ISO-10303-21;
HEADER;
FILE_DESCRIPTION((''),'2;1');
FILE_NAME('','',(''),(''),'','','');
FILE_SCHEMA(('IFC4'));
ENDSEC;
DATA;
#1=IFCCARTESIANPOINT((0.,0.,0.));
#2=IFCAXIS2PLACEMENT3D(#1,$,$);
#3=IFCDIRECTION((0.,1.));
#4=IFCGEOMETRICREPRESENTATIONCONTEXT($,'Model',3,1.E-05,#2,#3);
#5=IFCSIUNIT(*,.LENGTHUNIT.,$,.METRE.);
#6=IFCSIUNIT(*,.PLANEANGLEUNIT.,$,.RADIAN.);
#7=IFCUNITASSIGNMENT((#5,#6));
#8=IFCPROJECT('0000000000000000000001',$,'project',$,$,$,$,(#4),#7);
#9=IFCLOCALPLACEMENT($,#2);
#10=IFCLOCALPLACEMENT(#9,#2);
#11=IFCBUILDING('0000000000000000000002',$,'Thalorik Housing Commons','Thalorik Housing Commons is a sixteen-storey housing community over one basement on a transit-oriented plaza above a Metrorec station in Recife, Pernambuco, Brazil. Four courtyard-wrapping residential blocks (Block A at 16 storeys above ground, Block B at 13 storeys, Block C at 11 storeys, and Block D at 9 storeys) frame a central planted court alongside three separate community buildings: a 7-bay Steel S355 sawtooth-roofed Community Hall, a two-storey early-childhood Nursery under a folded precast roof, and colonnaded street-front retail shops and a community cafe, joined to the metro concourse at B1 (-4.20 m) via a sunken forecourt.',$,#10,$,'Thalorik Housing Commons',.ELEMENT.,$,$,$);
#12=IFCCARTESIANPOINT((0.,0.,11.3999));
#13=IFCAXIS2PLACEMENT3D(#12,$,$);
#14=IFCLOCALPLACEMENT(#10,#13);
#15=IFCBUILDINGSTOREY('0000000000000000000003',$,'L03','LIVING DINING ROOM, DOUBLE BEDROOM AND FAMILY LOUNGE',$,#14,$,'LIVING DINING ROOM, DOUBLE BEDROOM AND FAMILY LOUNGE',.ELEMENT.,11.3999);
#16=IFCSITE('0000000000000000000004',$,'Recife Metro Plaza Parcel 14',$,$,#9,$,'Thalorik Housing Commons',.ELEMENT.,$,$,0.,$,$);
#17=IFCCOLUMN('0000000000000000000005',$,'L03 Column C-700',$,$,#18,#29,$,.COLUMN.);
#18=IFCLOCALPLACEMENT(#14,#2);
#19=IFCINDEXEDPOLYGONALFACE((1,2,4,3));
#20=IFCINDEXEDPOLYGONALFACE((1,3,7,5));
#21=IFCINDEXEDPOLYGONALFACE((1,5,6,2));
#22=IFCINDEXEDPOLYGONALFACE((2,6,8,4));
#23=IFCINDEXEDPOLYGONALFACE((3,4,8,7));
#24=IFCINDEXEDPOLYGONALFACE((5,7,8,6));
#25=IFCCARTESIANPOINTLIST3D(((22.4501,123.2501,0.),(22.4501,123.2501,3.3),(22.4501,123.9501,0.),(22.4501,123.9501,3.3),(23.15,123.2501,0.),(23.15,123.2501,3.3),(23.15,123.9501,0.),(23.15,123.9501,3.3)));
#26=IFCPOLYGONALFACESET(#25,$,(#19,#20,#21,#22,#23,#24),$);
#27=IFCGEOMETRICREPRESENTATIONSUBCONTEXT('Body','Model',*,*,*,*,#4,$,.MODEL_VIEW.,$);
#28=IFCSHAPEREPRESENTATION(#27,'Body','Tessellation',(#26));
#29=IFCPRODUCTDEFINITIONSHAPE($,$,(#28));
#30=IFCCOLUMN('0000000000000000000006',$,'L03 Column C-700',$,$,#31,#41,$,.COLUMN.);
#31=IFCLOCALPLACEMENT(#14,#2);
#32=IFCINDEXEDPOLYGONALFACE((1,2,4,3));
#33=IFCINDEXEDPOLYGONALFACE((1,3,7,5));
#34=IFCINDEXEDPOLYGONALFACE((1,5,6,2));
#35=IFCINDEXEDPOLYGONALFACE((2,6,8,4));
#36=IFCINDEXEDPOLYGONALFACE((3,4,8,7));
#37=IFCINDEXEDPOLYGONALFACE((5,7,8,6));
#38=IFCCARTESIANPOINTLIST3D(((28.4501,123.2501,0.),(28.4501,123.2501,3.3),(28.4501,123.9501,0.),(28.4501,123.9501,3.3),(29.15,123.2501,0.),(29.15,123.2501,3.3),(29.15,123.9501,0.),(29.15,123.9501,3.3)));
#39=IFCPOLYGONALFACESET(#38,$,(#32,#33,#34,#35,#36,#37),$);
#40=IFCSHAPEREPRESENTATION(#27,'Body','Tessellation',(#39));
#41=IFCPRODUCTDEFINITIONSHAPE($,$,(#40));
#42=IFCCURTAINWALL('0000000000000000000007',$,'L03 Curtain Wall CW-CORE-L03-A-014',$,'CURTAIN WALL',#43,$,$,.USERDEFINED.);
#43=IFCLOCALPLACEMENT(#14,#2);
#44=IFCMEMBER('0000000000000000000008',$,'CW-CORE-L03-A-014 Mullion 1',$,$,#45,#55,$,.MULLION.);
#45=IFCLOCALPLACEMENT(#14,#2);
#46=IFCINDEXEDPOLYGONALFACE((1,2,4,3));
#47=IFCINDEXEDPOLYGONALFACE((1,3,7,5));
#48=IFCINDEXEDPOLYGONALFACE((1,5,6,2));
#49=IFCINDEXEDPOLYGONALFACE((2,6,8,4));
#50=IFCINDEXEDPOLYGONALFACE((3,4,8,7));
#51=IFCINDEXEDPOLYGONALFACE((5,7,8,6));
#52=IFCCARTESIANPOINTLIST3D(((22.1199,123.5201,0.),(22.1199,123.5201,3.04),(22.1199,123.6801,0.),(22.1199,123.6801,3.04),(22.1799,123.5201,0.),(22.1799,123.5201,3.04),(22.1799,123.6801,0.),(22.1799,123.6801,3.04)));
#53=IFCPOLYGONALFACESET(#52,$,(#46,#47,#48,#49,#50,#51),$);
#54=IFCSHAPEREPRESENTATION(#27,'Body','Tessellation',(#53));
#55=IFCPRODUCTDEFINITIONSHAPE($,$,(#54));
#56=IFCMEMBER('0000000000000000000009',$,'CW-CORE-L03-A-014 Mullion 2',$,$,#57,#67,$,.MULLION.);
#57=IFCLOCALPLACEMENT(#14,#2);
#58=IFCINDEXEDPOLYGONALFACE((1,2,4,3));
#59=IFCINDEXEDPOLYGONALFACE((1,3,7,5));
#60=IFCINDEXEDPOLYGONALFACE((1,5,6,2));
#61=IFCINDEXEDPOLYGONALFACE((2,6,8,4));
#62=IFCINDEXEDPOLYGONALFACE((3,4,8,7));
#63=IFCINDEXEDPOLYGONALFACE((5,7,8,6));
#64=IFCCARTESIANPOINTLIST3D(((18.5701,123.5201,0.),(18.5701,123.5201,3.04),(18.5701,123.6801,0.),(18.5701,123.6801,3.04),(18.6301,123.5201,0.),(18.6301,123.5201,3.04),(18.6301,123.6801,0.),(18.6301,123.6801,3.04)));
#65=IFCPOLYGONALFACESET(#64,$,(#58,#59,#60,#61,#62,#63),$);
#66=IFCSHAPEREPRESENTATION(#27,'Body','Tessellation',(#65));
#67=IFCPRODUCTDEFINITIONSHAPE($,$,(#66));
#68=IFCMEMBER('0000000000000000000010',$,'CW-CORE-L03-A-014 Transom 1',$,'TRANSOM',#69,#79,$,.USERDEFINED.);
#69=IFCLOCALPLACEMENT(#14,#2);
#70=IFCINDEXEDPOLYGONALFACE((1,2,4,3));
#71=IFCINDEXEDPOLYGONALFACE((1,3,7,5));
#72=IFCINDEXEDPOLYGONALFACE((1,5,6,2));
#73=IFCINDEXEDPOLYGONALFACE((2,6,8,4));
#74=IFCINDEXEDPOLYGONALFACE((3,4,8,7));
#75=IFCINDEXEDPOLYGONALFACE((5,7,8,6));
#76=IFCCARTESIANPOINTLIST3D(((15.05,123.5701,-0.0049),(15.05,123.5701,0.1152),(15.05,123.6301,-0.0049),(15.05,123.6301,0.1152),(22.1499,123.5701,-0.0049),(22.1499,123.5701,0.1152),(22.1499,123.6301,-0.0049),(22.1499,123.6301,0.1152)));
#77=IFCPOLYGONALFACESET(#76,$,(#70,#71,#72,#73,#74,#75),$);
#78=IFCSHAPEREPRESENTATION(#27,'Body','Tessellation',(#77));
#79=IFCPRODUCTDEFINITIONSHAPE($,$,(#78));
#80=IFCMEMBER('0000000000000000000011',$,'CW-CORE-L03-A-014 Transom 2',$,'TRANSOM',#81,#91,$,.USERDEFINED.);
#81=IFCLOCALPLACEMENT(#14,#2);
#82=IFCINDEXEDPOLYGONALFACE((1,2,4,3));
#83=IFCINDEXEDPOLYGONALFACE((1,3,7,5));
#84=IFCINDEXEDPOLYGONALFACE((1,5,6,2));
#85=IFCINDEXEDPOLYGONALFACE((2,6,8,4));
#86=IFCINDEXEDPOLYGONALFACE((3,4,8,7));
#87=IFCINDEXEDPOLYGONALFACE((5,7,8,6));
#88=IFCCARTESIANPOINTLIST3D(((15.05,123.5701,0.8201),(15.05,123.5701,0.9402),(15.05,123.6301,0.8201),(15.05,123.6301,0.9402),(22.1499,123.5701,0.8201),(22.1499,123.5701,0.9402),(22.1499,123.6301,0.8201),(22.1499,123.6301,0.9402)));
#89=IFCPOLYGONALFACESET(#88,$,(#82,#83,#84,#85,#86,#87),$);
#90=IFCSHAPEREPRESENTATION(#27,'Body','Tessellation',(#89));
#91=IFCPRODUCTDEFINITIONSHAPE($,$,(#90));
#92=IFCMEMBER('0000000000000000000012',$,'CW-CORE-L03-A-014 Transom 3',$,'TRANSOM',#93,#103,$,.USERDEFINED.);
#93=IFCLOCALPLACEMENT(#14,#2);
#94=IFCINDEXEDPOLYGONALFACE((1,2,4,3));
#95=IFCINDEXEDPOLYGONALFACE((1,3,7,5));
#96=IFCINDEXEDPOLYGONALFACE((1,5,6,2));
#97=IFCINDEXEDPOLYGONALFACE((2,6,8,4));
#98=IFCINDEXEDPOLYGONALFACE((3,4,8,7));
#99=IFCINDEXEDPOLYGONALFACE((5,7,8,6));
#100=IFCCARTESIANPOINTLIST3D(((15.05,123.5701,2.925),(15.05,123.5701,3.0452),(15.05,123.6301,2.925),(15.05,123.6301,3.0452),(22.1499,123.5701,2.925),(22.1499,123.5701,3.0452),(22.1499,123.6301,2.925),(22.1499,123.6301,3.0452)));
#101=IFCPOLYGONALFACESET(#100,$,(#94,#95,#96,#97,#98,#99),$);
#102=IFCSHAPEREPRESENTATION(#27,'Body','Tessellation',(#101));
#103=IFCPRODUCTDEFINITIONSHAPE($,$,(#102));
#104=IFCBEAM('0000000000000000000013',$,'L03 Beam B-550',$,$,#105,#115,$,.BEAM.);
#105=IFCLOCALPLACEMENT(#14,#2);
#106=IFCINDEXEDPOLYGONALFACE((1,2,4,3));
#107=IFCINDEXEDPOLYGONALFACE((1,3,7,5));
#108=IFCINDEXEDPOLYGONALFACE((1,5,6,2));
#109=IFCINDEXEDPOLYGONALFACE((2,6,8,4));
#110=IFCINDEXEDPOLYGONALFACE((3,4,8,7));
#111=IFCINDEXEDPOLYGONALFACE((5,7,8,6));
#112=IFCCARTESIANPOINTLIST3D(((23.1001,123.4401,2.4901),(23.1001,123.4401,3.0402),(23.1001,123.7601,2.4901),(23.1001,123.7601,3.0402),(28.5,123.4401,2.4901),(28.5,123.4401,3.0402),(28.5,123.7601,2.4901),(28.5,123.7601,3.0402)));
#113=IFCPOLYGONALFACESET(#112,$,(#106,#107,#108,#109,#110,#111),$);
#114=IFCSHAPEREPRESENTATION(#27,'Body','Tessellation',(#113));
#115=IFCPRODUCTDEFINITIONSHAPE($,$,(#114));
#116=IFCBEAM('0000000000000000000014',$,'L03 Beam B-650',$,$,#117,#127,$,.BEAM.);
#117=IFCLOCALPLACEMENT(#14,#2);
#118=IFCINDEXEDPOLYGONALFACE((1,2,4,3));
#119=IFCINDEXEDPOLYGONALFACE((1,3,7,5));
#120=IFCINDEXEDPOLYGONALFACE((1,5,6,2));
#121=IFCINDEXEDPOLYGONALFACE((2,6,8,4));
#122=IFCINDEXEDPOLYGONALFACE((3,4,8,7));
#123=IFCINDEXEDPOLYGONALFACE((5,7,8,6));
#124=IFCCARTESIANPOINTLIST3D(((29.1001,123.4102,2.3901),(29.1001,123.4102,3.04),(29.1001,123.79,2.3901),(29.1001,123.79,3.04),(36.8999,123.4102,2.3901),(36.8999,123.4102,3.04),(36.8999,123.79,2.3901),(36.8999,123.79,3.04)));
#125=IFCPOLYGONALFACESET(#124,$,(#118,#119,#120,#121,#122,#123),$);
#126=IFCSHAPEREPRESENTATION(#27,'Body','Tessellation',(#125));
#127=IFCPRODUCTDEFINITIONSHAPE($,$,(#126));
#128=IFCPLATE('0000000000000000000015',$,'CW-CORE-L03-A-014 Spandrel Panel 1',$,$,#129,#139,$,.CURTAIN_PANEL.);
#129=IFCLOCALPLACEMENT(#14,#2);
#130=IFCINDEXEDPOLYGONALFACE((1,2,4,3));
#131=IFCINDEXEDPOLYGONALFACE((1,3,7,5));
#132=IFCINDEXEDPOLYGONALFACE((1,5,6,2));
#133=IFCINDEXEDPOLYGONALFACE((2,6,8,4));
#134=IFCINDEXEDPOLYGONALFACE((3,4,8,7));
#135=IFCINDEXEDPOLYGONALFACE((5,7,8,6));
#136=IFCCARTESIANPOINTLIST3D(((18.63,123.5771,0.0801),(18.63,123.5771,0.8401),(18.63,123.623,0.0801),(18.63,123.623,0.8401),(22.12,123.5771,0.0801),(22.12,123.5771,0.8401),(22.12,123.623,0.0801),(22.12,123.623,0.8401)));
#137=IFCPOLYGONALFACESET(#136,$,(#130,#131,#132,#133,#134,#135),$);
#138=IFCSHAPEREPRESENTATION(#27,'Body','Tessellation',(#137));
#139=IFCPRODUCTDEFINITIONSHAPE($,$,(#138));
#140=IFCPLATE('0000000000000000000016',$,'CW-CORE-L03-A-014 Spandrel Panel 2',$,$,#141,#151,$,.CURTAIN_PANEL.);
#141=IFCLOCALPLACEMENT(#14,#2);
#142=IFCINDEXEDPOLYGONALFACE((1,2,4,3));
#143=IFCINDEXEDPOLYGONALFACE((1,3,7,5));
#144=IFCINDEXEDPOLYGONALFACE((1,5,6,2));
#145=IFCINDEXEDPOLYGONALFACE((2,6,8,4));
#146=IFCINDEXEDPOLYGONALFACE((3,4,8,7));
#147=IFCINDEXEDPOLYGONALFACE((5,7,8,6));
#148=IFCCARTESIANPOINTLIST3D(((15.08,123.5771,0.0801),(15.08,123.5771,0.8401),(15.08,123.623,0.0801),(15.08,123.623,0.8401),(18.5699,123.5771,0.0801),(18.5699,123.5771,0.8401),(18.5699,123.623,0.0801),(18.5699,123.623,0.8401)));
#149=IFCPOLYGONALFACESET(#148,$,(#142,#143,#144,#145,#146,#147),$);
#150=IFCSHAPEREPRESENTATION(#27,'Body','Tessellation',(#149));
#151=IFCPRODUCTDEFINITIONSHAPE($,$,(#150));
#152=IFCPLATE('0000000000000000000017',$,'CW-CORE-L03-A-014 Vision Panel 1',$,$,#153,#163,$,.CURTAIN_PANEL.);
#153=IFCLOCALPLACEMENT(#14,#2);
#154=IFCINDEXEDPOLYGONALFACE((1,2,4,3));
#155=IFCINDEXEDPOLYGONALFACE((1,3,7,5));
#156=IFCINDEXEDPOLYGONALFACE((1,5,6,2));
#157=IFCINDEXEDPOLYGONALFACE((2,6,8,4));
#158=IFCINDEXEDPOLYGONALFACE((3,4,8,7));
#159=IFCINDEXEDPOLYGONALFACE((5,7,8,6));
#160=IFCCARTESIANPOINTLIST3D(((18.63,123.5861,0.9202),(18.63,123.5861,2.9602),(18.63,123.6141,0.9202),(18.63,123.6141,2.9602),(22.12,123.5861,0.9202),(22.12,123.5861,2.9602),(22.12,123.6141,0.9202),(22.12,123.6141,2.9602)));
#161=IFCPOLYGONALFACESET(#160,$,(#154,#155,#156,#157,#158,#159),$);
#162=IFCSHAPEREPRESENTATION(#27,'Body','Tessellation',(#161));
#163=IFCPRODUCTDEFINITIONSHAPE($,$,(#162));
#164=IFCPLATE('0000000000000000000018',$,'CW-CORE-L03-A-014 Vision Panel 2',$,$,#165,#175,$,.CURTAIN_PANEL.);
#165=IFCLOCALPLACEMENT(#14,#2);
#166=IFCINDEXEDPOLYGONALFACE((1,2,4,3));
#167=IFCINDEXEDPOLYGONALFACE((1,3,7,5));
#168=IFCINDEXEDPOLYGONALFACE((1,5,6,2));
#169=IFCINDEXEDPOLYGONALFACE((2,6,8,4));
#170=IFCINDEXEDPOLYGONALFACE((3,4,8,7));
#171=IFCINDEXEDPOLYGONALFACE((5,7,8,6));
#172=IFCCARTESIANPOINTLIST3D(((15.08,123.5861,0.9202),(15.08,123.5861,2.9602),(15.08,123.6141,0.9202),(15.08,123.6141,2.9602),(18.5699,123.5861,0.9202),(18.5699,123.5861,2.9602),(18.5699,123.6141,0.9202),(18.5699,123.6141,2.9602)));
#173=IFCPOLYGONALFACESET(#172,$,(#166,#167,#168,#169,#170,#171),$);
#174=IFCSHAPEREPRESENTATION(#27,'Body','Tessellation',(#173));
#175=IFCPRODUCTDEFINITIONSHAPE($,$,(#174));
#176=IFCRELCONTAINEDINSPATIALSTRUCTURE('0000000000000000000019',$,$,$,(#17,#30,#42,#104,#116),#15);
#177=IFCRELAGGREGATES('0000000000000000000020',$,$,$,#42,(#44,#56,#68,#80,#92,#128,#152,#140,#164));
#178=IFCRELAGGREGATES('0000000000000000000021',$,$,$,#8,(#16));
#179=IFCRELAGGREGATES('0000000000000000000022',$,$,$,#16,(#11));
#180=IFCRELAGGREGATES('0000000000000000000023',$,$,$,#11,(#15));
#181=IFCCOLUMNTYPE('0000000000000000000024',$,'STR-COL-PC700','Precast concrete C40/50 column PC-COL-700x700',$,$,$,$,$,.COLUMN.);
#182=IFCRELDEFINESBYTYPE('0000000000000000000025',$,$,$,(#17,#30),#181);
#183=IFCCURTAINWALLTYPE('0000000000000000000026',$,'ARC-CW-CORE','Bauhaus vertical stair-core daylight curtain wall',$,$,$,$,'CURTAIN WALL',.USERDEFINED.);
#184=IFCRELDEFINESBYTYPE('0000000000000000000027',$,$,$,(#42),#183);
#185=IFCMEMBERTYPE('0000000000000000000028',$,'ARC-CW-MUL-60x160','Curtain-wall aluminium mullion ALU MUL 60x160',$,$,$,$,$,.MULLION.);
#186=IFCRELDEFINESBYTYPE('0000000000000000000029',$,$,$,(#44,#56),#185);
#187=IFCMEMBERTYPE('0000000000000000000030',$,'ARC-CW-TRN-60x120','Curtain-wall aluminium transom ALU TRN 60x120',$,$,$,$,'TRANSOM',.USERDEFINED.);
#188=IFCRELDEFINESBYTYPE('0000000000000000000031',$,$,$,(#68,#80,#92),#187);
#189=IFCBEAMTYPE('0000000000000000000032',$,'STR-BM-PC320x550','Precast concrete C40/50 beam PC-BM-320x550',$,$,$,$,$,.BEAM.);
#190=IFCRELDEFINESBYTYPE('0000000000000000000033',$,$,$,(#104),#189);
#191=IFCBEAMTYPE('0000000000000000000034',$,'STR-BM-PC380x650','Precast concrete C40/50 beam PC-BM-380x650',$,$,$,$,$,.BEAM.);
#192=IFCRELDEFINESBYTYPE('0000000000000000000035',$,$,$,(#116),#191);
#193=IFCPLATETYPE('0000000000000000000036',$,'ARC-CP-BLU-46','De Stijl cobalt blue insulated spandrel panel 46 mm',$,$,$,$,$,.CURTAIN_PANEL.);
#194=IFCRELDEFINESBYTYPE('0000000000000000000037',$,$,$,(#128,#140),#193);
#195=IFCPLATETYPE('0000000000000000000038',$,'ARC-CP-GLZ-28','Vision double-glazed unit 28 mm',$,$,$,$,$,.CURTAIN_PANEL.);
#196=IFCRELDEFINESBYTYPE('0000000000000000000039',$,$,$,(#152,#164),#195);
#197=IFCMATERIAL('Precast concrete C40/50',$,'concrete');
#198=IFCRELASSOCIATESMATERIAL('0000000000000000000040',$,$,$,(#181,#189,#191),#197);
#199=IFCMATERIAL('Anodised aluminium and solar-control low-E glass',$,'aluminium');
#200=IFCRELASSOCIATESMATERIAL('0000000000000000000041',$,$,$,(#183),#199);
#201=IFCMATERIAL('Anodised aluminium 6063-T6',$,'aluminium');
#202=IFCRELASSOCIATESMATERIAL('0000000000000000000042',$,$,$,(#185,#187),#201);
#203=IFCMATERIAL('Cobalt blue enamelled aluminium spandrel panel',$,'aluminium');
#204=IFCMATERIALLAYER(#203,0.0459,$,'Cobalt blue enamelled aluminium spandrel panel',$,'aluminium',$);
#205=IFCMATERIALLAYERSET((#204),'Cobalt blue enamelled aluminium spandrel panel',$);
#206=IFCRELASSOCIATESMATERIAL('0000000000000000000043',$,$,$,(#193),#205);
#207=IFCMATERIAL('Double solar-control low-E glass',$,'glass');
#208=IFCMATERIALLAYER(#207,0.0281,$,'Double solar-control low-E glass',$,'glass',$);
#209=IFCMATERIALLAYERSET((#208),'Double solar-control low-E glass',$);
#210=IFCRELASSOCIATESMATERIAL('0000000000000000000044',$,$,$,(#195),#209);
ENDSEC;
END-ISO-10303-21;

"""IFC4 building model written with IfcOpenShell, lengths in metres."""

from ifc_helpers import new_model, si_unit, direction, frame, origin, origin_2d, place, context, subcontext, project, spatial, rectangle, extrude, material, layer, layer_set, material_profile, profile_set, type_object, element, aggregate, save


model = new_model("IFC4")

# Units and contexts
model_context = context("Model", 3, precision=1e-05, world=origin(), true_north=direction((0.0, 1.0)))
body_context = subcontext(model_context, "Body", "Model", "MODEL_VIEW")
ifc_project = project(units=[si_unit("LENGTHUNIT", "METRE"), si_unit("PLANEANGLEUNIT", "RADIAN")], contexts=[model_context])

# Site, building, storey
site_placement = place(None, origin())
site = spatial("IfcSite", under=ifc_project, at=site_placement, Name="Recife Metro Plaza Parcel 14", LongName="Thalorik Housing Commons", CompositionType="ELEMENT", RefElevation=0.0)
building_placement = place(site_placement, origin())
building = spatial("IfcBuilding", under=site, at=building_placement, Name="Thalorik Housing Commons", Description="Thalorik Housing Commons is a sixteen-storey housing community over one basement on a transit-oriented plaza above a Metrorec station in Recife, Pernambuco, Brazil. Four courtyard-wrapping residential blocks (Block A at 16 storeys above ground, Block B at 13 storeys, Block C at 11 storeys, and Block D at 9 storeys) frame a central planted court alongside three separate community buildings: a 7-bay Steel S355 sawtooth-roofed Community Hall, a two-storey early-childhood Nursery under a folded precast roof, and colonnaded street-front retail shops and a community cafe, joined to the metro concourse at B1 (-4.20 m) via a sunken forecourt.", LongName="Thalorik Housing Commons", CompositionType="ELEMENT")
storey_placement = place(building_placement, frame((0.0, 0.0, 11.3999)))
storey = spatial("IfcBuildingStorey", under=building, at=storey_placement, Name="L03", Description="LIVING DINING ROOM, DOUBLE BEDROOM AND FAMILY LOUNGE", LongName="LIVING DINING ROOM, DOUBLE BEDROOM AND FAMILY LOUNGE", CompositionType="ELEMENT", Elevation=11.3999)

# Columns
ifc_material_1 = material(Name="Precast concrete C40/50", Category="concrete")
ifc_material_profile_1 = material_profile(ifc_material_1, rectangle(XDim=0.7, YDim=0.7, at=origin_2d()), Name="PC 700x700", Category="concrete")
ifc_profile_set_1 = profile_set([ifc_material_profile_1], Name="Precast concrete C40/50")
column_type = type_object("IfcColumnType", Name="STR-COL-PC700", Description="Precast concrete C40/50 column PC-COL-700x700", PredefinedType="COLUMN", material=ifc_profile_set_1)
for number, where, z_axis, x_axis, name in (
    (1, (22.8, 123.6001, 0.0), (0.0, 0.0, 1.0), (1.0, 0.0, 0.0), "L03 Column C-700"),
    (2, (28.8, 123.6001, 0.0), (0.0, 0.0, 1.0), (1.0, 0.0, 0.0), "L03 Column C-700"),
):
    element("IfcColumn", number, at=place(storey_placement, frame(where, z_axis=z_axis, x_axis=x_axis)), inside=storey, type_object=column_type, Name=name, PredefinedType="COLUMN", context=body_context, shape_type="SweptSolid", body=[
        extrude(rectangle(XDim=0.7, YDim=0.7, at=origin_2d()), origin(), (0.0, 0.0, 1.0), 3.3),
    ])

# Curtain wall, members
ifc_material_2 = material(Name="Anodised aluminium and solar-control low-E glass", Category="aluminium")
curtain_wall_type = type_object("IfcCurtainWallType", Name="ARC-CW-CORE", Description="Bauhaus vertical stair-core daylight curtain wall", ElementType="CURTAIN WALL", PredefinedType="USERDEFINED", material=ifc_material_2)
curtain_wall_placement = place(storey_placement, origin())
curtain_wall = element("IfcCurtainWall", 3, at=curtain_wall_placement, inside=storey, type_object=curtain_wall_type, Name="L03 Curtain Wall CW-CORE-L03-A-014", ObjectType="CURTAIN WALL", PredefinedType="USERDEFINED")
ifc_material_3 = material(Name="Anodised aluminium 6063-T6", Category="aluminium")
ifc_material_profile_2 = material_profile(ifc_material_3, rectangle(XDim=0.0601, YDim=0.1599, at=origin_2d()), Name="ALU MUL 60x160", Category="aluminium")
ifc_profile_set_2 = profile_set([ifc_material_profile_2], Name="Anodised aluminium 6063-T6")
member_type_1 = type_object("IfcMemberType", Name="ARC-CW-MUL-60x160", Description="Curtain-wall aluminium mullion ALU MUL 60x160", PredefinedType="MULLION", material=ifc_profile_set_2)
member_1_placement = place(storey_placement, frame((22.1499, 123.6001, 0.0), z_axis=(0.0, 0.0, 1.0), x_axis=(-1.0, 0.0, 0.0)))
member_1 = element("IfcMember", 4, at=member_1_placement, type_object=member_type_1, Name="CW-CORE-L03-A-014 Mullion 1", PredefinedType="MULLION", context=body_context, shape_type="SweptSolid", body=[
    extrude(rectangle(XDim=0.0601, YDim=0.1599, at=origin_2d()), origin(), (0.0, 0.0, 1.0), 3.04),
])
member_2_placement = place(storey_placement, frame((18.6001, 123.6001, 0.0), z_axis=(0.0, 0.0, 1.0), x_axis=(-1.0, 0.0, 0.0)))
member_2 = element("IfcMember", 5, at=member_2_placement, type_object=member_type_1, Name="CW-CORE-L03-A-014 Mullion 2", PredefinedType="MULLION", context=body_context, shape_type="SweptSolid", body=[
    extrude(rectangle(XDim=0.0601, YDim=0.1599, at=origin_2d()), origin(), (0.0, 0.0, 1.0), 3.04),
])
ifc_material_profile_3 = material_profile(ifc_material_3, rectangle(XDim=0.0601, YDim=0.1201, at=origin_2d()), Name="ALU TRN 60x120", Category="aluminium")
ifc_profile_set_3 = profile_set([ifc_material_profile_3], Name="Anodised aluminium 6063-T6")
member_type_2 = type_object("IfcMemberType", Name="ARC-CW-TRN-60x120", Description="Curtain-wall aluminium transom ALU TRN 60x120", ElementType="TRANSOM", PredefinedType="USERDEFINED", material=ifc_profile_set_3)
member_3_placement = place(storey_placement, frame((22.1499, 123.6001, 0.0552), z_axis=(-1.0, 0.0, 0.0), x_axis=(0.0, -1.0, 0.0)))
member_3 = element("IfcMember", 6, at=member_3_placement, type_object=member_type_2, Name="CW-CORE-L03-A-014 Transom 1", ObjectType="TRANSOM", PredefinedType="USERDEFINED", context=body_context, shape_type="SweptSolid", body=[
    extrude(rectangle(XDim=0.0601, YDim=0.1201, at=origin_2d()), origin(), (0.0, 0.0, 1.0), 7.0999),
])
member_4_placement = place(storey_placement, frame((22.1499, 123.6001, 0.8801), z_axis=(-1.0, 0.0, 0.0), x_axis=(0.0, -1.0, 0.0)))
member_4 = element("IfcMember", 7, at=member_4_placement, type_object=member_type_2, Name="CW-CORE-L03-A-014 Transom 2", ObjectType="TRANSOM", PredefinedType="USERDEFINED", context=body_context, shape_type="SweptSolid", body=[
    extrude(rectangle(XDim=0.0601, YDim=0.1201, at=origin_2d()), origin(), (0.0, 0.0, 1.0), 7.0999),
])
member_5_placement = place(storey_placement, frame((22.1499, 123.6001, 2.9851), z_axis=(-1.0, 0.0, 0.0), x_axis=(0.0, -1.0, 0.0)))
member_5 = element("IfcMember", 8, at=member_5_placement, type_object=member_type_2, Name="CW-CORE-L03-A-014 Transom 3", ObjectType="TRANSOM", PredefinedType="USERDEFINED", context=body_context, shape_type="SweptSolid", body=[
    extrude(rectangle(XDim=0.0601, YDim=0.1201, at=origin_2d()), origin(), (0.0, 0.0, 1.0), 7.0999),
])

# Beams
ifc_material_profile_4 = material_profile(ifc_material_1, rectangle(XDim=0.3201, YDim=0.55, at=origin_2d()), Name="PC 320x550", Category="concrete")
ifc_profile_set_4 = profile_set([ifc_material_profile_4], Name="Precast concrete C40/50")
beam_type_1 = type_object("IfcBeamType", Name="STR-BM-PC320x550", Description="Precast concrete C40/50 beam PC-BM-320x550", PredefinedType="BEAM", material=ifc_profile_set_4)
beam_1_placement = place(storey_placement, frame((23.1001, 123.6001, 2.7651), z_axis=(1.0, 0.0, 0.0), x_axis=(0.0, 1.0, 0.0)))
element("IfcBeam", 9, at=beam_1_placement, inside=storey, type_object=beam_type_1, Name="L03 Beam B-550", PredefinedType="BEAM", context=body_context, shape_type="SweptSolid", body=[
    extrude(rectangle(XDim=0.3201, YDim=0.55, at=origin_2d()), origin(), (0.0, 0.0, 1.0), 5.3999),
])
ifc_material_profile_5 = material_profile(ifc_material_1, rectangle(XDim=0.3799, YDim=0.6499, at=origin_2d()), Name="PC 380x650", Category="concrete")
ifc_profile_set_5 = profile_set([ifc_material_profile_5], Name="Precast concrete C40/50")
beam_type_2 = type_object("IfcBeamType", Name="STR-BM-PC380x650", Description="Precast concrete C40/50 beam PC-BM-380x650", PredefinedType="BEAM", material=ifc_profile_set_5)
beam_2_placement = place(storey_placement, frame((29.1001, 123.6001, 2.7151), z_axis=(1.0, 0.0, 0.0), x_axis=(0.0, 1.0, 0.0)))
element("IfcBeam", 10, at=beam_2_placement, inside=storey, type_object=beam_type_2, Name="L03 Beam B-650", PredefinedType="BEAM", context=body_context, shape_type="SweptSolid", body=[
    extrude(rectangle(XDim=0.3799, YDim=0.6499, at=origin_2d()), origin(), (0.0, 0.0, 1.0), 7.7998),
])

# Plates
ifc_material_4 = material(Name="Cobalt blue enamelled aluminium spandrel panel", Category="aluminium")
ifc_layer_1 = layer(ifc_material_4, 0.0459, Name="Cobalt blue enamelled aluminium spandrel panel", Category="aluminium")
ifc_layer_set_1 = layer_set([ifc_layer_1], Name="Cobalt blue enamelled aluminium spandrel panel")
plate_type_1 = type_object("IfcPlateType", Name="ARC-CP-BLU-46", Description="De Stijl cobalt blue insulated spandrel panel 46 mm", PredefinedType="CURTAIN_PANEL", material=ifc_layer_set_1)
plate_1_placement = place(storey_placement, frame((20.375, 123.6001, 0.0801), z_axis=(0.0, 0.0, 1.0), x_axis=(-1.0, 0.0, 0.0)))
plate_1 = element("IfcPlate", 11, at=plate_1_placement, type_object=plate_type_1, Name="CW-CORE-L03-A-014 Spandrel Panel 1", PredefinedType="CURTAIN_PANEL", context=body_context, shape_type="SweptSolid", body=[
    extrude(rectangle(XDim=3.49, YDim=0.0459, at=origin_2d()), origin(), (0.0, 0.0, 1.0), 0.76),
])
plate_2_placement = place(storey_placement, frame((16.825, 123.6001, 0.0801), z_axis=(0.0, 0.0, 1.0), x_axis=(-1.0, 0.0, 0.0)))
plate_2 = element("IfcPlate", 12, at=plate_2_placement, type_object=plate_type_1, Name="CW-CORE-L03-A-014 Spandrel Panel 2", PredefinedType="CURTAIN_PANEL", context=body_context, shape_type="SweptSolid", body=[
    extrude(rectangle(XDim=3.49, YDim=0.0459, at=origin_2d()), origin(), (0.0, 0.0, 1.0), 0.76),
])
ifc_material_5 = material(Name="Double solar-control low-E glass", Category="glass")
ifc_layer_2 = layer(ifc_material_5, 0.0281, Name="Double solar-control low-E glass", Category="glass")
ifc_layer_set_2 = layer_set([ifc_layer_2], Name="Double solar-control low-E glass")
plate_type_2 = type_object("IfcPlateType", Name="ARC-CP-GLZ-28", Description="Vision double-glazed unit 28 mm", PredefinedType="CURTAIN_PANEL", material=ifc_layer_set_2)
plate_3_placement = place(storey_placement, frame((20.375, 123.6001, 0.9202), z_axis=(0.0, 0.0, 1.0), x_axis=(-1.0, 0.0, 0.0)))
plate_3 = element("IfcPlate", 13, at=plate_3_placement, type_object=plate_type_2, Name="CW-CORE-L03-A-014 Vision Panel 1", PredefinedType="CURTAIN_PANEL", context=body_context, shape_type="SweptSolid", body=[
    extrude(rectangle(XDim=3.49, YDim=0.0281, at=origin_2d()), origin(), (0.0, 0.0, 1.0), 2.04),
])
plate_4_placement = place(storey_placement, frame((16.825, 123.6001, 0.9202), z_axis=(0.0, 0.0, 1.0), x_axis=(-1.0, 0.0, 0.0)))
plate_4 = element("IfcPlate", 14, at=plate_4_placement, type_object=plate_type_2, Name="CW-CORE-L03-A-014 Vision Panel 2", PredefinedType="CURTAIN_PANEL", context=body_context, shape_type="SweptSolid", body=[
    extrude(rectangle(XDim=3.49, YDim=0.0281, at=origin_2d()), origin(), (0.0, 0.0, 1.0), 2.04),
])
aggregate(curtain_wall, [member_1, member_2, member_3, member_4, member_5, plate_1, plate_3, plate_2, plate_4])

save(model, "model.ifc")
